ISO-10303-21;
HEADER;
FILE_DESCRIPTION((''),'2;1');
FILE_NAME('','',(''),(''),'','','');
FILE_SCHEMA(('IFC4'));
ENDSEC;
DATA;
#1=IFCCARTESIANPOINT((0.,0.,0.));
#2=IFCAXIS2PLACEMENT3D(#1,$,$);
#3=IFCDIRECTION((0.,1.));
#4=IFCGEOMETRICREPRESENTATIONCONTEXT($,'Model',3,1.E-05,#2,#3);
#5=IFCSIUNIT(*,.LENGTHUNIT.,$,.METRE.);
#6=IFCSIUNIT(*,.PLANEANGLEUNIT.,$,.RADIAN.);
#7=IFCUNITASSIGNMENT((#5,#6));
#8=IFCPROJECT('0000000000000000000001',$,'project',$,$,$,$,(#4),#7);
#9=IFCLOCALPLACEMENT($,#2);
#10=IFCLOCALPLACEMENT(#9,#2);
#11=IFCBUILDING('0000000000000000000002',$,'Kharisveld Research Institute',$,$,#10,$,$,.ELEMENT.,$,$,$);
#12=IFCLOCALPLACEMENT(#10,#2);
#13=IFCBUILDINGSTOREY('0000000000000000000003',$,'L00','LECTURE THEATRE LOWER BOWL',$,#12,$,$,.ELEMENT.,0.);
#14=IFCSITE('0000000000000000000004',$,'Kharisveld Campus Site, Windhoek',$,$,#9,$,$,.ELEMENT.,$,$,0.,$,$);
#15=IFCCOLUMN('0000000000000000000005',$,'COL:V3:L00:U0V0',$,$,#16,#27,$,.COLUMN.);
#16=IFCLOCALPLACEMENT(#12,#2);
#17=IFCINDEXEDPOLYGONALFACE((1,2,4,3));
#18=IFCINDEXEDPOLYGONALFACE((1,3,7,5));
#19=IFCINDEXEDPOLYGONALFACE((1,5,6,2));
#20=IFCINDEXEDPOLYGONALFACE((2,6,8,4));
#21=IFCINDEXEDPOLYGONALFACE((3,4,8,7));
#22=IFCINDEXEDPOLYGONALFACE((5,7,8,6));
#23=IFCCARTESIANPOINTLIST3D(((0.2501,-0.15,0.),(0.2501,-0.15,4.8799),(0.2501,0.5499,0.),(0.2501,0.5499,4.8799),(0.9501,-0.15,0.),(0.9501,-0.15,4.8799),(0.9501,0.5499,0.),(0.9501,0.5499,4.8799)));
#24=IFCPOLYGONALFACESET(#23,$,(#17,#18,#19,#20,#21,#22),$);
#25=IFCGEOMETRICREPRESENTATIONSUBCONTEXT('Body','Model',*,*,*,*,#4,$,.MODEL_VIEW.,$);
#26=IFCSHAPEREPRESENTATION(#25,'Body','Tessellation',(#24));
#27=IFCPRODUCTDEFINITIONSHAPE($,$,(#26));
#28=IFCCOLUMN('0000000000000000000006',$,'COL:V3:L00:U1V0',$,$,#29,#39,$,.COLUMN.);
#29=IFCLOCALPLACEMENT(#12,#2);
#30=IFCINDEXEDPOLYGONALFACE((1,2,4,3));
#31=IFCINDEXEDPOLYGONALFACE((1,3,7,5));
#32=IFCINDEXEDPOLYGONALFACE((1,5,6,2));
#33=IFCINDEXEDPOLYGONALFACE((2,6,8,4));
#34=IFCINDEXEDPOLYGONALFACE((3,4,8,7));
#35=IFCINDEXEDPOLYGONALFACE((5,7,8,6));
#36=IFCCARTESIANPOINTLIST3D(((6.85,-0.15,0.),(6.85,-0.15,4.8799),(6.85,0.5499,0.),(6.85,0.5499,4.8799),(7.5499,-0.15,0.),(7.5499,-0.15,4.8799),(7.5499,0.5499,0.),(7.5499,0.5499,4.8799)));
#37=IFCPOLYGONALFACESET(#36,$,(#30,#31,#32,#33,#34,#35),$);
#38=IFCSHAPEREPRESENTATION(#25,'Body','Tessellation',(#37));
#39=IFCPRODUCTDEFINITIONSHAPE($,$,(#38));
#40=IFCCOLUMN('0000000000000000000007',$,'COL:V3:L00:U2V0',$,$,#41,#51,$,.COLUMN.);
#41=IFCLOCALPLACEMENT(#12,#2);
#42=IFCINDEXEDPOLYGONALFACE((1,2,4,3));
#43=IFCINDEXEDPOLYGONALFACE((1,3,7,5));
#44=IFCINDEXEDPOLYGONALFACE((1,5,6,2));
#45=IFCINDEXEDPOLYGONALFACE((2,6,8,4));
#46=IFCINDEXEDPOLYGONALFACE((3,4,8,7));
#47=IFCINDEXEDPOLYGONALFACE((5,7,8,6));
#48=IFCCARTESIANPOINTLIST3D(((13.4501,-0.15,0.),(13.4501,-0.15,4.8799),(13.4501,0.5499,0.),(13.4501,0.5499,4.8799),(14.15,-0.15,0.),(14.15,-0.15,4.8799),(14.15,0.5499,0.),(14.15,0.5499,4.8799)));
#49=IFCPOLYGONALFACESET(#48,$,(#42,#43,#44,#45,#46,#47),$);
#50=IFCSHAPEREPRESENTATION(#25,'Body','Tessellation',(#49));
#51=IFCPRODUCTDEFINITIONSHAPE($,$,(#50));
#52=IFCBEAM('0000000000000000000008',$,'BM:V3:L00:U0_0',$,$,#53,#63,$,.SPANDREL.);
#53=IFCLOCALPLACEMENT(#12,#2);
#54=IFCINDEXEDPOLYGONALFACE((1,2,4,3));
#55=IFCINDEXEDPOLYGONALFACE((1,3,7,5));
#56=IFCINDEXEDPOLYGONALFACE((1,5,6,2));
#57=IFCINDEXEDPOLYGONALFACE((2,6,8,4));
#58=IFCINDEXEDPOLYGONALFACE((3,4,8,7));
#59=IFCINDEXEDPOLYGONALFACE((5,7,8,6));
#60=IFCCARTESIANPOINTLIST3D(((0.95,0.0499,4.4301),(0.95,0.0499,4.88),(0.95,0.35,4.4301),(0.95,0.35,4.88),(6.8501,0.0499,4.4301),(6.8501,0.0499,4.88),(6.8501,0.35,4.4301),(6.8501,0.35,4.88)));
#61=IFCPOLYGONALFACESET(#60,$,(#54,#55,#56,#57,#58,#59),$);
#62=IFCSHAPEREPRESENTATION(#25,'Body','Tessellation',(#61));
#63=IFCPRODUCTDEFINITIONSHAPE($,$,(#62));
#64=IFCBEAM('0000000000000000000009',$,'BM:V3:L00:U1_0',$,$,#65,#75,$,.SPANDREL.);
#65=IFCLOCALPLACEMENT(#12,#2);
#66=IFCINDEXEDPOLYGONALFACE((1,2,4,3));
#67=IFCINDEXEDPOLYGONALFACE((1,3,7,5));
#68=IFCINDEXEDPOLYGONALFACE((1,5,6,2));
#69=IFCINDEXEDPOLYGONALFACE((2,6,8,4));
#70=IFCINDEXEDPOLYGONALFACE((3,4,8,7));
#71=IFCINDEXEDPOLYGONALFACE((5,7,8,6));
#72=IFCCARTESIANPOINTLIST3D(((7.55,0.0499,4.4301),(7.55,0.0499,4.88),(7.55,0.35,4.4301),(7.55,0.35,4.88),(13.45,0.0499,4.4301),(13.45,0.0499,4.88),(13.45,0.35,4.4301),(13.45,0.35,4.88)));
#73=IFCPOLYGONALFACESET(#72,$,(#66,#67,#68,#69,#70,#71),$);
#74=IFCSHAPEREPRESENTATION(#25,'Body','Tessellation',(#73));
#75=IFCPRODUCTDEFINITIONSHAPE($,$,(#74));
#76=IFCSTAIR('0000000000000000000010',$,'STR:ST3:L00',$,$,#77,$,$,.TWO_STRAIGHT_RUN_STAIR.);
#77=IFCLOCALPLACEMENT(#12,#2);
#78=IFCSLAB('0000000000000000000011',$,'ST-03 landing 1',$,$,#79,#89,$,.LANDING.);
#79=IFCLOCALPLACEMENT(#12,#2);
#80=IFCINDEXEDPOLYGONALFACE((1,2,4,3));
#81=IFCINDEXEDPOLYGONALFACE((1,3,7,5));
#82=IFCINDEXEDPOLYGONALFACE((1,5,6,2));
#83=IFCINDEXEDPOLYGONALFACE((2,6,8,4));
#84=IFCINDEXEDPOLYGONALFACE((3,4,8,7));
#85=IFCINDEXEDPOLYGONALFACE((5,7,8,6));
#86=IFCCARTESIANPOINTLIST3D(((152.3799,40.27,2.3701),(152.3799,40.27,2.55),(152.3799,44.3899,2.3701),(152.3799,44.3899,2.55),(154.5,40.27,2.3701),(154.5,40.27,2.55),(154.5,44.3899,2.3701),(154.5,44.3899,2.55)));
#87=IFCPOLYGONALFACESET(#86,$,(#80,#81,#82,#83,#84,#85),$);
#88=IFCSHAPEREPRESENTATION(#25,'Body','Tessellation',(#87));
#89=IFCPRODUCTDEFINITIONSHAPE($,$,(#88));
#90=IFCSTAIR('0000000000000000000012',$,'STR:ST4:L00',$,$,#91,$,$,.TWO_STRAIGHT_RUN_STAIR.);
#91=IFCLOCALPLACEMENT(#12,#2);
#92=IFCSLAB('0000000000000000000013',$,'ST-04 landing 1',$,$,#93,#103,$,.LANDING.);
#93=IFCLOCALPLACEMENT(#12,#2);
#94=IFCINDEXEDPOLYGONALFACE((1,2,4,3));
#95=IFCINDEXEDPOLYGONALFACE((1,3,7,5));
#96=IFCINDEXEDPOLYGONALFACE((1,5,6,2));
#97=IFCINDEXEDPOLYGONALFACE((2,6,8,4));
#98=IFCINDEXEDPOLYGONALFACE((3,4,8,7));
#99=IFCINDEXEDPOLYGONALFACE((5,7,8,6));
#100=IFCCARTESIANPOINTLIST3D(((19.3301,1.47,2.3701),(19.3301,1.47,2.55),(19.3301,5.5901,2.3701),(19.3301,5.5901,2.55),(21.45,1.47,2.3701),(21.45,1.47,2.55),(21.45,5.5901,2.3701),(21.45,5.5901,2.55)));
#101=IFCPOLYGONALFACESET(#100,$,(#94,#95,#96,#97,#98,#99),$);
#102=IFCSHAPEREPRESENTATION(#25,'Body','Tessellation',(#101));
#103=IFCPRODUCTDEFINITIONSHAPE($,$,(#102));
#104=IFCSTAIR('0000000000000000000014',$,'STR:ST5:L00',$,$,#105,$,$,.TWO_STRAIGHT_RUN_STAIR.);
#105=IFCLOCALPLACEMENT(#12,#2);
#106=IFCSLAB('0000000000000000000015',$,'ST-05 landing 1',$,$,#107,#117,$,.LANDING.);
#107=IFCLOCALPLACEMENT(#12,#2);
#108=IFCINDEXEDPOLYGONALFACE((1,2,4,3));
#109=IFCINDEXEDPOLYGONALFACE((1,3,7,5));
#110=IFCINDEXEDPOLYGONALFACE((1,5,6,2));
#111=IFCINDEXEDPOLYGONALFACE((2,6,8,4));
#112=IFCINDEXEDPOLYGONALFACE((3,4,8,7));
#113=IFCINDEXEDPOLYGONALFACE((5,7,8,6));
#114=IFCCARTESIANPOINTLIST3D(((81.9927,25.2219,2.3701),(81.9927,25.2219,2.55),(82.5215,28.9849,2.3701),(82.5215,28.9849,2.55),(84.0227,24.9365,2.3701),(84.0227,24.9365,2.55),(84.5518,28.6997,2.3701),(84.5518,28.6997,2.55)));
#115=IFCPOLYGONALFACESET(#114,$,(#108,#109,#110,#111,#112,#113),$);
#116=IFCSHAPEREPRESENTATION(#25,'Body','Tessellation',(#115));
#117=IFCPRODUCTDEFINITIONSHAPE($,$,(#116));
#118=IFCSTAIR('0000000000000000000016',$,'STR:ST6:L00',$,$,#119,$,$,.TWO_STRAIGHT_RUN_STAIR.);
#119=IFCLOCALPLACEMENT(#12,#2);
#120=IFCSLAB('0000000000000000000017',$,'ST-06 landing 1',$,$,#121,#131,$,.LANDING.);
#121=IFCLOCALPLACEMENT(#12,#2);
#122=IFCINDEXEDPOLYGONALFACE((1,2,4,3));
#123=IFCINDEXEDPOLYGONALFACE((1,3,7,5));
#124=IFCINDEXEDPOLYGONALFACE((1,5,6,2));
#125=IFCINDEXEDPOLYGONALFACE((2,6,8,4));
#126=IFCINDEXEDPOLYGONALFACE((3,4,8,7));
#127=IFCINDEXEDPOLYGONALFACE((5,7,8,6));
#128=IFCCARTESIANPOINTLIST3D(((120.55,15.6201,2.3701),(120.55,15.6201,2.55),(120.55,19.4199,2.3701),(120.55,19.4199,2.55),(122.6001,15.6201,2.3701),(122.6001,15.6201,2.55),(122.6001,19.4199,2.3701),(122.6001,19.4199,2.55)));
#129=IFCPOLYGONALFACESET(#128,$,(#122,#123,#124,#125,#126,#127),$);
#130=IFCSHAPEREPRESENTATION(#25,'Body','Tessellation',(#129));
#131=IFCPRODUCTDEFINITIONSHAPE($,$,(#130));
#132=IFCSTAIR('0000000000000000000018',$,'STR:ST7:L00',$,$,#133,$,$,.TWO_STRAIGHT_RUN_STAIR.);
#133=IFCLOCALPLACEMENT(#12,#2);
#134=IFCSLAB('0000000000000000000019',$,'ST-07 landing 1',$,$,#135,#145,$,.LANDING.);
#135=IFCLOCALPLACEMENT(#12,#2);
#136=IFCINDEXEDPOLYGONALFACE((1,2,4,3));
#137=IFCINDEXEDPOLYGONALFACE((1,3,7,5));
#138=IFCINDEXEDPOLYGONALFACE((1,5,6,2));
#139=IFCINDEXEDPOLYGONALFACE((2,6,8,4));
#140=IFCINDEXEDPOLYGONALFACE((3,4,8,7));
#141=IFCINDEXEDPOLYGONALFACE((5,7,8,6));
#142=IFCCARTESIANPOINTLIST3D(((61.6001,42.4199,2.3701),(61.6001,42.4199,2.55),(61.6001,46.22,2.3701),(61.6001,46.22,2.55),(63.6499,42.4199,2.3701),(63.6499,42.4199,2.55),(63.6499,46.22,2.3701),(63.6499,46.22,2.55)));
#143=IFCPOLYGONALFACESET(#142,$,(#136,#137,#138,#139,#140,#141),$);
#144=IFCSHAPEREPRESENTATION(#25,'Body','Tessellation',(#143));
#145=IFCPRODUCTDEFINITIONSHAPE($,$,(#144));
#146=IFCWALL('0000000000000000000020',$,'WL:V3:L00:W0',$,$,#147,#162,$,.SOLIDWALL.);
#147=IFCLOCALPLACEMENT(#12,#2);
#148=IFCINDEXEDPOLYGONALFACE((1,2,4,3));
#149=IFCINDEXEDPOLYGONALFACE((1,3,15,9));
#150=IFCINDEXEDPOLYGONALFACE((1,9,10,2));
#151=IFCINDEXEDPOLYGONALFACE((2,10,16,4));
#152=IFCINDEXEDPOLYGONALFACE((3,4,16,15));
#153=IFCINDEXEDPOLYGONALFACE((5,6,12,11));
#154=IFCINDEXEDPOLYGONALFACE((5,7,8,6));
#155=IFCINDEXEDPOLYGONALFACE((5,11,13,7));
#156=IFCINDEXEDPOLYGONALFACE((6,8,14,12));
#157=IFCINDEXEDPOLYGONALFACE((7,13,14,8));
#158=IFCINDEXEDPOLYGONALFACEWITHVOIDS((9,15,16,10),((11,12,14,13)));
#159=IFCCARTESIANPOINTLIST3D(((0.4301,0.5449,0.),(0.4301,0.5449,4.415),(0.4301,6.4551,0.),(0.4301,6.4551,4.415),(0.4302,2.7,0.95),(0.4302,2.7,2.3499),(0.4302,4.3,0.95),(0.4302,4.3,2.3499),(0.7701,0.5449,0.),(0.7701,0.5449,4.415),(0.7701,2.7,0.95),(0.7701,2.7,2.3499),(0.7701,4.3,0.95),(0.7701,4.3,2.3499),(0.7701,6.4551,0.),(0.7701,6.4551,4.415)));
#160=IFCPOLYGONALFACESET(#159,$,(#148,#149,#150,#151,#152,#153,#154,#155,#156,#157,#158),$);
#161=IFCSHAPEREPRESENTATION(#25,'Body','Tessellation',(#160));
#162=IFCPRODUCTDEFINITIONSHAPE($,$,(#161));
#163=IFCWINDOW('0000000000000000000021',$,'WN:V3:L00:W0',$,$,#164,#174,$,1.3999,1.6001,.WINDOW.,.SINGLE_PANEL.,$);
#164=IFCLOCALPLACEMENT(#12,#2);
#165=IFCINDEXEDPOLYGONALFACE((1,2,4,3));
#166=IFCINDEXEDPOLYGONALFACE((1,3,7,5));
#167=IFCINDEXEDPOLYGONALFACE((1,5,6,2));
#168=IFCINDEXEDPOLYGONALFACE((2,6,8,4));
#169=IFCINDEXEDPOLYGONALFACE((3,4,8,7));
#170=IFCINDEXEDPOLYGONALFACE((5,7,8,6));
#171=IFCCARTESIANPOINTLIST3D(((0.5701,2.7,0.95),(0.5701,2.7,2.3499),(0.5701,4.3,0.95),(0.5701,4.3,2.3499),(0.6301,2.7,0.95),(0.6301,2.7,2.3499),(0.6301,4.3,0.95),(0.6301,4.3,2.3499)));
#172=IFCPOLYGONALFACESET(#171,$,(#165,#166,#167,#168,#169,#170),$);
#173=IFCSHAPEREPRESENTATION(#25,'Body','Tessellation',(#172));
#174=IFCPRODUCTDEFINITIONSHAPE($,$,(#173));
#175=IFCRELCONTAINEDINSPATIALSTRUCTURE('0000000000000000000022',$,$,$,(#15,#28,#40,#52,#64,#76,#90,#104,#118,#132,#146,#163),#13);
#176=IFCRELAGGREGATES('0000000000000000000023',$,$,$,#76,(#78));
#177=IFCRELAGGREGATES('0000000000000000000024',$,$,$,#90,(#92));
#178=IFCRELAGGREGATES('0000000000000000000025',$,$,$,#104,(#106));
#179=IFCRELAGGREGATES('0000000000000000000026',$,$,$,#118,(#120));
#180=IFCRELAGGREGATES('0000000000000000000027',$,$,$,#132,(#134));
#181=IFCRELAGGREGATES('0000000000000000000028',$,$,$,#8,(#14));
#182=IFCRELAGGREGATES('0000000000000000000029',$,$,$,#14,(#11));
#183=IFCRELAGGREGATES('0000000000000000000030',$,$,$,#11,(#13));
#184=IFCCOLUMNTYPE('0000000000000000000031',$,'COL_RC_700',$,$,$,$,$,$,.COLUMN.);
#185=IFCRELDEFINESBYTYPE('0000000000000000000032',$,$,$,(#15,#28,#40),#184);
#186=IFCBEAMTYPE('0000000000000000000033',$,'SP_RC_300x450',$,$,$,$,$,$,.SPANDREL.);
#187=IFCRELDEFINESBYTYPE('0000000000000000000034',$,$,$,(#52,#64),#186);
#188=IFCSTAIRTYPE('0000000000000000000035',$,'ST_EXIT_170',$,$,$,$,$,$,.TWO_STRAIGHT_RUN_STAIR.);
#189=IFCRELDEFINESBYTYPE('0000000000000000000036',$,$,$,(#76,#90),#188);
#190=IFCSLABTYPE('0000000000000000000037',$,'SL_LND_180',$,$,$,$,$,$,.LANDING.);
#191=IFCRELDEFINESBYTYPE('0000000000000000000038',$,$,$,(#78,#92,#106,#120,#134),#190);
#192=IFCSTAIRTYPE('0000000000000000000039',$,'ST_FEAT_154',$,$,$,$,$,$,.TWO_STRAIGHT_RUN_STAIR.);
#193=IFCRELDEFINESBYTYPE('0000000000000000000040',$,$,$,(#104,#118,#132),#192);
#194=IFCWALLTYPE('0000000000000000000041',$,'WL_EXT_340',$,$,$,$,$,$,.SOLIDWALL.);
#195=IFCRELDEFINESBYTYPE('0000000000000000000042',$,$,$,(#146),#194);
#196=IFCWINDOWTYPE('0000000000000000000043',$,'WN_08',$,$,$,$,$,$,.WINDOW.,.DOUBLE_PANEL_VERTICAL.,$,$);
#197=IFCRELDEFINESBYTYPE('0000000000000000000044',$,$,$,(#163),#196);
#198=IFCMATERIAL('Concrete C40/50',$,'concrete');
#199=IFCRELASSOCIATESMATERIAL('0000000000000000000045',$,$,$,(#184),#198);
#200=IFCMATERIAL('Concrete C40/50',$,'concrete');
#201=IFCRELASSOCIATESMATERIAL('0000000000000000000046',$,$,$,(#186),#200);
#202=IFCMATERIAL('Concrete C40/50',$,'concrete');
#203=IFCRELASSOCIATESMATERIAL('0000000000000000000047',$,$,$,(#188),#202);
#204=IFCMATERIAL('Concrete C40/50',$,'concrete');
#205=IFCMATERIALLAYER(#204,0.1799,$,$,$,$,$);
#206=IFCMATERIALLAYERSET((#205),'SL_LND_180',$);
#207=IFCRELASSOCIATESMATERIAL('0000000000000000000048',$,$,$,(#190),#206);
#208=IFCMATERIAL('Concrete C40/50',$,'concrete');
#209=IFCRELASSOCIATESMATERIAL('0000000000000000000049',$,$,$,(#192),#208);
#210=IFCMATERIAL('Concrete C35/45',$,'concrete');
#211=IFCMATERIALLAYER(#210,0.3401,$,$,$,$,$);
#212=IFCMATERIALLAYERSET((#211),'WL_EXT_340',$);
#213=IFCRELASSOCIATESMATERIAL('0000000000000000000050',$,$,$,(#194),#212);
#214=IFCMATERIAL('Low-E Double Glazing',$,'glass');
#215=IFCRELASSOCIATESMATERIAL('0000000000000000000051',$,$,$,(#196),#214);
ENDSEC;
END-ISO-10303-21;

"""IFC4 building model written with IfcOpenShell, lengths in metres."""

from ifc_helpers import new_model, si_unit, direction, frame, frame_2d, origin, origin_2d, place, context, subcontext, project, spatial, polyline, rectangle, outline, extrude, material, layer, layer_set, material_profile, profile_set, type_object, element, fill, aggregate, save


model = new_model("IFC4")

# Units and contexts
model_context = context("Model", 3, precision=1e-05, world=origin(), true_north=direction((0.0, 1.0)))
body_context = subcontext(model_context, "Body", "Model", "MODEL_VIEW")
ifc_project = project(units=[si_unit("LENGTHUNIT", "METRE"), si_unit("PLANEANGLEUNIT", "RADIAN")], contexts=[model_context])

# Site, building, storey
site_placement = place(None, origin())
site = spatial("IfcSite", under=ifc_project, at=site_placement, Name="Kharisveld Campus Site, Windhoek", CompositionType="ELEMENT", RefElevation=0.0)
building_placement = place(site_placement, origin())
building = spatial("IfcBuilding", under=site, at=building_placement, Name="Kharisveld Research Institute", CompositionType="ELEMENT")
storey_placement = place(building_placement, origin())
storey = spatial("IfcBuildingStorey", under=building, at=storey_placement, Name="L00", Description="LECTURE THEATRE LOWER BOWL", CompositionType="ELEMENT", Elevation=0.0)

# Columns
ifc_material_1 = material(Name="Concrete C40/50", Category="concrete")
ifc_material_profile_1 = material_profile(ifc_material_1, rectangle(XDim=0.7, YDim=0.7, at=origin_2d()))
ifc_profile_set_1 = profile_set([ifc_material_profile_1], Name="Concrete C40/50")
column_type = type_object("IfcColumnType", Name="COL_RC_700", PredefinedType="COLUMN", material=ifc_profile_set_1)
for number, where, z_axis, x_axis, name in (
    (1, (0.6001, 0.2, 0.0), (0.0, 0.0, 1.0), (1.0, 0.0, 0.0), "COL:V3:L00:U0V0"),
    (2, (7.2, 0.2, 0.0), (0.0, 0.0, 1.0), (1.0, 0.0, 0.0), "COL:V3:L00:U1V0"),
    (3, (13.8, 0.2, 0.0), (0.0, 0.0, 1.0), (1.0, 0.0, 0.0), "COL:V3:L00:U2V0"),
):
    element("IfcColumn", number, at=place(storey_placement, frame(where, z_axis=z_axis, x_axis=x_axis)), inside=storey, type_object=column_type, Name=name, PredefinedType="COLUMN", context=body_context, shape_type="SweptSolid", body=[
        extrude(rectangle(XDim=0.7, YDim=0.7, at=origin_2d()), origin(), (0.0, 0.0, 1.0), 4.8799),
    ])

# Beams
ifc_material_2 = material(Name="Concrete C40/50", Category="concrete")
ifc_material_profile_2 = material_profile(ifc_material_2, rectangle(XDim=0.3, YDim=0.45, at=origin_2d()))
ifc_profile_set_2 = profile_set([ifc_material_profile_2], Name="Concrete C40/50")
beam_type = type_object("IfcBeamType", Name="SP_RC_300x450", PredefinedType="SPANDREL", material=ifc_profile_set_2)
beam_1_placement = place(storey_placement, frame((0.95, 0.2, 4.655), z_axis=(1.0, 0.0, 0.0), x_axis=(0.0, 1.0, 0.0)))
element("IfcBeam", 4, at=beam_1_placement, inside=storey, type_object=beam_type, Name="BM:V3:L00:U0_0", PredefinedType="SPANDREL", context=body_context, shape_type="SweptSolid", body=[
    extrude(rectangle(XDim=0.3, YDim=0.45, at=origin_2d()), origin(), (0.0, 0.0, 1.0), 5.9001),
])
beam_2_placement = place(storey_placement, frame((7.55, 0.2, 4.655), z_axis=(1.0, 0.0, 0.0), x_axis=(0.0, 1.0, 0.0)))
element("IfcBeam", 5, at=beam_2_placement, inside=storey, type_object=beam_type, Name="BM:V3:L00:U1_0", PredefinedType="SPANDREL", context=body_context, shape_type="SweptSolid", body=[
    extrude(rectangle(XDim=0.3, YDim=0.45, at=origin_2d()), origin(), (0.0, 0.0, 1.0), 5.8999),
])

# Stairs, slabs
ifc_material_3 = material(Name="Concrete C40/50", Category="concrete")
stair_type_1 = type_object("IfcStairType", Name="ST_EXIT_170", PredefinedType="TWO_STRAIGHT_RUN_STAIR", material=ifc_material_3)
stair_1_placement = place(storey_placement, origin())
stair_1 = element("IfcStair", 6, at=stair_1_placement, inside=storey, type_object=stair_type_1, Name="STR:ST3:L00", PredefinedType="TWO_STRAIGHT_RUN_STAIR")
ifc_material_4 = material(Name="Concrete C40/50", Category="concrete")
ifc_layer_1 = layer(ifc_material_4, 0.1799)
ifc_layer_set_1 = layer_set([ifc_layer_1], Name="SL_LND_180")
slab_type = type_object("IfcSlabType", Name="SL_LND_180", PredefinedType="LANDING", material=ifc_layer_set_1)
slab_1_placement = place(storey_placement, frame((0.0, 0.0, 2.3701)))
slab_1 = element("IfcSlab", 7, at=slab_1_placement, type_object=slab_type, Name="ST-03 landing 1", PredefinedType="LANDING", context=body_context, shape_type="SweptSolid", body=[
    extrude(outline(polyline([(152.3799, 40.27), (154.5, 40.27), (154.5, 44.3899), (152.3799, 44.3899), (152.3799, 40.27)])), origin(), (0.0, 0.0, 1.0), 0.1799),
])
aggregate(stair_1, [slab_1])
stair_2_placement = place(storey_placement, origin())
stair_2 = element("IfcStair", 8, at=stair_2_placement, inside=storey, type_object=stair_type_1, Name="STR:ST4:L00", PredefinedType="TWO_STRAIGHT_RUN_STAIR")
slab_2_placement = place(storey_placement, frame((0.0, 0.0, 2.3701)))
slab_2 = element("IfcSlab", 9, at=slab_2_placement, type_object=slab_type, Name="ST-04 landing 1", PredefinedType="LANDING", context=body_context, shape_type="SweptSolid", body=[
    extrude(outline(polyline([(19.3301, 1.47), (21.45, 1.47), (21.45, 5.5901), (19.3301, 5.5901), (19.3301, 1.47)])), origin(), (0.0, 0.0, 1.0), 0.1799),
])
aggregate(stair_2, [slab_2])
ifc_material_5 = material(Name="Concrete C40/50", Category="concrete")
stair_type_2 = type_object("IfcStairType", Name="ST_FEAT_154", PredefinedType="TWO_STRAIGHT_RUN_STAIR", material=ifc_material_5)
stair_3_placement = place(storey_placement, origin())
stair_3 = element("IfcStair", 10, at=stair_3_placement, inside=storey, type_object=stair_type_2, Name="STR:ST5:L00", PredefinedType="TWO_STRAIGHT_RUN_STAIR")
slab_3_placement = place(storey_placement, frame((0.0, 0.0, 2.3701)))
slab_3 = element("IfcSlab", 11, at=slab_3_placement, type_object=slab_type, Name="ST-05 landing 1", PredefinedType="LANDING", context=body_context, shape_type="SweptSolid", body=[
    extrude(outline(polyline([(81.9927, 25.2219), (84.0227, 24.9365), (84.5518, 28.6997), (82.5215, 28.9849), (81.9927, 25.2219)])), origin(), (0.0, 0.0, 1.0), 0.1799),
])
aggregate(stair_3, [slab_3])
stair_4_placement = place(storey_placement, origin())
stair_4 = element("IfcStair", 12, at=stair_4_placement, inside=storey, type_object=stair_type_2, Name="STR:ST6:L00", PredefinedType="TWO_STRAIGHT_RUN_STAIR")
slab_4_placement = place(storey_placement, frame((0.0, 0.0, 2.3701)))
slab_4 = element("IfcSlab", 13, at=slab_4_placement, type_object=slab_type, Name="ST-06 landing 1", PredefinedType="LANDING", context=body_context, shape_type="SweptSolid", body=[
    extrude(outline(polyline([(120.55, 15.6201), (122.6001, 15.6201), (122.6001, 19.4199), (120.55, 19.4199), (120.55, 15.6201)])), origin(), (0.0, 0.0, 1.0), 0.1799),
])
aggregate(stair_4, [slab_4])
stair_5_placement = place(storey_placement, origin())
stair_5 = element("IfcStair", 14, at=stair_5_placement, inside=storey, type_object=stair_type_2, Name="STR:ST7:L00", PredefinedType="TWO_STRAIGHT_RUN_STAIR")
slab_5_placement = place(storey_placement, frame((0.0, 0.0, 2.3701)))
slab_5 = element("IfcSlab", 15, at=slab_5_placement, type_object=slab_type, Name="ST-07 landing 1", PredefinedType="LANDING", context=body_context, shape_type="SweptSolid", body=[
    extrude(outline(polyline([(61.6001, 42.4199), (63.6499, 42.4199), (63.6499, 46.22), (61.6001, 46.22), (61.6001, 42.4199)])), origin(), (0.0, 0.0, 1.0), 0.1799),
])
aggregate(stair_5, [slab_5])

# Wall, opening, window
ifc_material_6 = material(Name="Concrete C35/45", Category="concrete")
ifc_layer_2 = layer(ifc_material_6, 0.3401)
ifc_layer_set_2 = layer_set([ifc_layer_2], Name="WL_EXT_340")
wall_type = type_object("IfcWallType", Name="WL_EXT_340", PredefinedType="SOLIDWALL", material=ifc_layer_set_2)
wall_1_placement = place(storey_placement, frame((0.6001, 0.5449, 0.0), z_axis=(0.0, 0.0, 1.0), x_axis=(0.0, 1.0, 0.0)))
wall_1 = element("IfcWall", 16, at=wall_1_placement, inside=storey, type_object=wall_type, Name="WL:V3:L00:W0", PredefinedType="SOLIDWALL", context=body_context, shape_type="SweptSolid", body=[
    extrude(rectangle(XDim=5.9102, YDim=0.3401, at=frame_2d((2.9551, 0.0))), origin(), (0.0, 0.0, 1.0), 4.415),
])
opening_1_placement = place(wall_1_placement, frame((2.155, 0.0, 0.95)))
opening_1 = element("IfcOpeningElement", 17, at=opening_1_placement, cuts=wall_1, PredefinedType="OPENING", context=body_context, shape_type="SweptSolid", body=[
    extrude(rectangle(XDim=1.6001, YDim=1.3999, at=frame_2d((0.8, 0.7))), frame((0.0, 0.1699, 0.0), z_axis=(0.0, -1.0, 0.0), x_axis=(1.0, 0.0, 0.0)), (0.0, 0.0, 1.0), 0.3401),
])
ifc_material_7 = material(Name="Low-E Double Glazing", Category="glass")
window_type_1 = type_object("IfcWindowType", Name="WN_08", PartitioningType="DOUBLE_PANEL_VERTICAL", PredefinedType="WINDOW", material=ifc_material_7)
window_1_placement = place(opening_1_placement, origin())
window_1 = element("IfcWindow", 18, at=window_1_placement, inside=storey, type_object=window_type_1, Name="WN:V3:L00:W0", OverallHeight=1.3999, OverallWidth=1.6001, PartitioningType="SINGLE_PANEL", PredefinedType="WINDOW", context=body_context, shape_type="SweptSolid", body=[
    extrude(rectangle(XDim=1.6001, YDim=1.3999, at=frame_2d((0.8, 0.7))), frame((0.0, 0.03, 0.0), z_axis=(0.0, -1.0, 0.0), x_axis=(1.0, 0.0, 0.0)), (0.0, 0.0, 1.0), 0.0601),
])
fill(opening_1, window_1)

save(model, "model.ifc")
